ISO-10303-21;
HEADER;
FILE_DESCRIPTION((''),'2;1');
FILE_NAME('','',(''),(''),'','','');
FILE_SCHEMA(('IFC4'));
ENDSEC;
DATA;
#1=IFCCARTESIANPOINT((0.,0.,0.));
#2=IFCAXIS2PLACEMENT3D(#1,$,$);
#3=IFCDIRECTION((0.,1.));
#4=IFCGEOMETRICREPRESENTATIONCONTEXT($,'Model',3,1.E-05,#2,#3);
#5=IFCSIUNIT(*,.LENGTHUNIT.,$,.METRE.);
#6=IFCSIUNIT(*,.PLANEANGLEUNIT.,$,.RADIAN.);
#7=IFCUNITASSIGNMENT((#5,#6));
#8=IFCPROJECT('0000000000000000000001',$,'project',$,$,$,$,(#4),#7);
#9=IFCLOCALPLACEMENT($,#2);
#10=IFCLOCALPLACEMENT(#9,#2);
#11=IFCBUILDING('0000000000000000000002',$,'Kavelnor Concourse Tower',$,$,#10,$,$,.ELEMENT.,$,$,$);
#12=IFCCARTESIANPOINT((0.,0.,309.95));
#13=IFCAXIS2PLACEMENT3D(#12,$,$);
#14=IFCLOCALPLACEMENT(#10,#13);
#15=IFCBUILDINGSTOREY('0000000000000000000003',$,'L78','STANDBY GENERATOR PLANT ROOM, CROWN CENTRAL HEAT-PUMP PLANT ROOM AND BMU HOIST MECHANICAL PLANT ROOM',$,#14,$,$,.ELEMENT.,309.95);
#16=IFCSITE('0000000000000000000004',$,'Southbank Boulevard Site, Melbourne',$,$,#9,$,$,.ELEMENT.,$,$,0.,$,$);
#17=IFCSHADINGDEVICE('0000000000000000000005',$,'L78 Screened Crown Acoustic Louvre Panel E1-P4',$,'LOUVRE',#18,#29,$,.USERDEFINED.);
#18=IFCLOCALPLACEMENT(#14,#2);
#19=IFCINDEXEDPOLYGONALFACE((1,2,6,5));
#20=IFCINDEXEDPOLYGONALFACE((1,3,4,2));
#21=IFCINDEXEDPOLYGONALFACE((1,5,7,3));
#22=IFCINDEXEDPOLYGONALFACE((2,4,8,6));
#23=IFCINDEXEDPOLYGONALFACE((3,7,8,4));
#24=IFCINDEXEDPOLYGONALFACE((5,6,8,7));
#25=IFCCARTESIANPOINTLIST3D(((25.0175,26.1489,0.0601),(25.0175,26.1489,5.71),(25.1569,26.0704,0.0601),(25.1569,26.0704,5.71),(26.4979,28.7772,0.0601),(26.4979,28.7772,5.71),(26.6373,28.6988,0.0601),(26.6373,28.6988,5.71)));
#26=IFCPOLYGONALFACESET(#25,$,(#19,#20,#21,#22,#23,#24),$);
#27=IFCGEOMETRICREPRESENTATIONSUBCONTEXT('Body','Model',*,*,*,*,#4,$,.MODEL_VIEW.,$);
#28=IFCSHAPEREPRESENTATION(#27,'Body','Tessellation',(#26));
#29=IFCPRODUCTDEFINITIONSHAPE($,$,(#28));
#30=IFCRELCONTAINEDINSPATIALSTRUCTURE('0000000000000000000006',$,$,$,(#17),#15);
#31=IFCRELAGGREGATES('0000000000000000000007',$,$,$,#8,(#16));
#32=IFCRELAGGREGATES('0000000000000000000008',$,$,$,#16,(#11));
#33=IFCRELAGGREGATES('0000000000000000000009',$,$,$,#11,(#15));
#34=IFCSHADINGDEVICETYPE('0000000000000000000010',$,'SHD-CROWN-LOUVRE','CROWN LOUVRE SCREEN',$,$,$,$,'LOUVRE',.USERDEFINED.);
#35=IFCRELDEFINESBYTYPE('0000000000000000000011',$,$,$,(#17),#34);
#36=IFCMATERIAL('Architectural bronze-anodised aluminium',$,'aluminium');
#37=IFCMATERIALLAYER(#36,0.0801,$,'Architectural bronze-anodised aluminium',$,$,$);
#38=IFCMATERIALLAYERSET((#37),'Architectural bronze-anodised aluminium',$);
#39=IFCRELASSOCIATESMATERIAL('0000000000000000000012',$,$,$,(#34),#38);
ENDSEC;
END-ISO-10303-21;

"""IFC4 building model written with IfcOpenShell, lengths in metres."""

from ifc_helpers import new_model, si_unit, direction, frame, origin, origin_2d, place, context, subcontext, project, spatial, rectangle, extrude, material, layer, layer_set, type_object, element, save


model = new_model("IFC4")

# Units and contexts
model_context = context("Model", 3, precision=1e-05, world=origin(), true_north=direction((0.0, 1.0)))
body_context = subcontext(model_context, "Body", "Model", "MODEL_VIEW")
ifc_project = project(units=[si_unit("LENGTHUNIT", "METRE"), si_unit("PLANEANGLEUNIT", "RADIAN")], contexts=[model_context])

# Site, building, storey
site_placement = place(None, origin())
site = spatial("IfcSite", under=ifc_project, at=site_placement, Name="Southbank Boulevard Site, Melbourne", CompositionType="ELEMENT", RefElevation=0.0)
building_placement = place(site_placement, origin())
building = spatial("IfcBuilding", under=site, at=building_placement, Name="Kavelnor Concourse Tower", CompositionType="ELEMENT")
storey_placement = place(building_placement, frame((0.0, 0.0, 309.95)))
storey = spatial("IfcBuildingStorey", under=building, at=storey_placement, Name="L78", Description="STANDBY GENERATOR PLANT ROOM, CROWN CENTRAL HEAT-PUMP PLANT ROOM AND BMU HOIST MECHANICAL PLANT ROOM", CompositionType="ELEMENT", Elevation=309.95)

# Shading device
ifc_material_1 = material(Name="Architectural bronze-anodised aluminium", Category="aluminium")
ifc_layer_1 = layer(ifc_material_1, 0.0801, Name="Architectural bronze-anodised aluminium")
ifc_layer_set_1 = layer_set([ifc_layer_1], Name="Architectural bronze-anodised aluminium")
shading_device_type = type_object("IfcShadingDeviceType", Name="SHD-CROWN-LOUVRE", Description="CROWN LOUVRE SCREEN", ElementType="LOUVRE", PredefinedType="USERDEFINED", material=ifc_layer_set_1)
for number, where, z_axis, x_axis, name in (
    (1, (25.8274, 27.4238, 0.0601), (0.0, 0.0, 1.0), (-0.490752, -0.871299, 0.0), "L78 Screened Crown Acoustic Louvre Panel E1-P4"),
):
    element("IfcShadingDevice", number, at=place(storey_placement, frame(where, z_axis=z_axis, x_axis=x_axis)), inside=storey, type_object=shading_device_type, Name=name, ObjectType="LOUVRE", PredefinedType="USERDEFINED", context=body_context, shape_type="SweptSolid", body=[
        extrude(rectangle(XDim=3.0166, YDim=0.1599, at=origin_2d()), origin(), (0.0, 0.0, 1.0), 5.6499),
    ])

save(model, "model.ifc")
